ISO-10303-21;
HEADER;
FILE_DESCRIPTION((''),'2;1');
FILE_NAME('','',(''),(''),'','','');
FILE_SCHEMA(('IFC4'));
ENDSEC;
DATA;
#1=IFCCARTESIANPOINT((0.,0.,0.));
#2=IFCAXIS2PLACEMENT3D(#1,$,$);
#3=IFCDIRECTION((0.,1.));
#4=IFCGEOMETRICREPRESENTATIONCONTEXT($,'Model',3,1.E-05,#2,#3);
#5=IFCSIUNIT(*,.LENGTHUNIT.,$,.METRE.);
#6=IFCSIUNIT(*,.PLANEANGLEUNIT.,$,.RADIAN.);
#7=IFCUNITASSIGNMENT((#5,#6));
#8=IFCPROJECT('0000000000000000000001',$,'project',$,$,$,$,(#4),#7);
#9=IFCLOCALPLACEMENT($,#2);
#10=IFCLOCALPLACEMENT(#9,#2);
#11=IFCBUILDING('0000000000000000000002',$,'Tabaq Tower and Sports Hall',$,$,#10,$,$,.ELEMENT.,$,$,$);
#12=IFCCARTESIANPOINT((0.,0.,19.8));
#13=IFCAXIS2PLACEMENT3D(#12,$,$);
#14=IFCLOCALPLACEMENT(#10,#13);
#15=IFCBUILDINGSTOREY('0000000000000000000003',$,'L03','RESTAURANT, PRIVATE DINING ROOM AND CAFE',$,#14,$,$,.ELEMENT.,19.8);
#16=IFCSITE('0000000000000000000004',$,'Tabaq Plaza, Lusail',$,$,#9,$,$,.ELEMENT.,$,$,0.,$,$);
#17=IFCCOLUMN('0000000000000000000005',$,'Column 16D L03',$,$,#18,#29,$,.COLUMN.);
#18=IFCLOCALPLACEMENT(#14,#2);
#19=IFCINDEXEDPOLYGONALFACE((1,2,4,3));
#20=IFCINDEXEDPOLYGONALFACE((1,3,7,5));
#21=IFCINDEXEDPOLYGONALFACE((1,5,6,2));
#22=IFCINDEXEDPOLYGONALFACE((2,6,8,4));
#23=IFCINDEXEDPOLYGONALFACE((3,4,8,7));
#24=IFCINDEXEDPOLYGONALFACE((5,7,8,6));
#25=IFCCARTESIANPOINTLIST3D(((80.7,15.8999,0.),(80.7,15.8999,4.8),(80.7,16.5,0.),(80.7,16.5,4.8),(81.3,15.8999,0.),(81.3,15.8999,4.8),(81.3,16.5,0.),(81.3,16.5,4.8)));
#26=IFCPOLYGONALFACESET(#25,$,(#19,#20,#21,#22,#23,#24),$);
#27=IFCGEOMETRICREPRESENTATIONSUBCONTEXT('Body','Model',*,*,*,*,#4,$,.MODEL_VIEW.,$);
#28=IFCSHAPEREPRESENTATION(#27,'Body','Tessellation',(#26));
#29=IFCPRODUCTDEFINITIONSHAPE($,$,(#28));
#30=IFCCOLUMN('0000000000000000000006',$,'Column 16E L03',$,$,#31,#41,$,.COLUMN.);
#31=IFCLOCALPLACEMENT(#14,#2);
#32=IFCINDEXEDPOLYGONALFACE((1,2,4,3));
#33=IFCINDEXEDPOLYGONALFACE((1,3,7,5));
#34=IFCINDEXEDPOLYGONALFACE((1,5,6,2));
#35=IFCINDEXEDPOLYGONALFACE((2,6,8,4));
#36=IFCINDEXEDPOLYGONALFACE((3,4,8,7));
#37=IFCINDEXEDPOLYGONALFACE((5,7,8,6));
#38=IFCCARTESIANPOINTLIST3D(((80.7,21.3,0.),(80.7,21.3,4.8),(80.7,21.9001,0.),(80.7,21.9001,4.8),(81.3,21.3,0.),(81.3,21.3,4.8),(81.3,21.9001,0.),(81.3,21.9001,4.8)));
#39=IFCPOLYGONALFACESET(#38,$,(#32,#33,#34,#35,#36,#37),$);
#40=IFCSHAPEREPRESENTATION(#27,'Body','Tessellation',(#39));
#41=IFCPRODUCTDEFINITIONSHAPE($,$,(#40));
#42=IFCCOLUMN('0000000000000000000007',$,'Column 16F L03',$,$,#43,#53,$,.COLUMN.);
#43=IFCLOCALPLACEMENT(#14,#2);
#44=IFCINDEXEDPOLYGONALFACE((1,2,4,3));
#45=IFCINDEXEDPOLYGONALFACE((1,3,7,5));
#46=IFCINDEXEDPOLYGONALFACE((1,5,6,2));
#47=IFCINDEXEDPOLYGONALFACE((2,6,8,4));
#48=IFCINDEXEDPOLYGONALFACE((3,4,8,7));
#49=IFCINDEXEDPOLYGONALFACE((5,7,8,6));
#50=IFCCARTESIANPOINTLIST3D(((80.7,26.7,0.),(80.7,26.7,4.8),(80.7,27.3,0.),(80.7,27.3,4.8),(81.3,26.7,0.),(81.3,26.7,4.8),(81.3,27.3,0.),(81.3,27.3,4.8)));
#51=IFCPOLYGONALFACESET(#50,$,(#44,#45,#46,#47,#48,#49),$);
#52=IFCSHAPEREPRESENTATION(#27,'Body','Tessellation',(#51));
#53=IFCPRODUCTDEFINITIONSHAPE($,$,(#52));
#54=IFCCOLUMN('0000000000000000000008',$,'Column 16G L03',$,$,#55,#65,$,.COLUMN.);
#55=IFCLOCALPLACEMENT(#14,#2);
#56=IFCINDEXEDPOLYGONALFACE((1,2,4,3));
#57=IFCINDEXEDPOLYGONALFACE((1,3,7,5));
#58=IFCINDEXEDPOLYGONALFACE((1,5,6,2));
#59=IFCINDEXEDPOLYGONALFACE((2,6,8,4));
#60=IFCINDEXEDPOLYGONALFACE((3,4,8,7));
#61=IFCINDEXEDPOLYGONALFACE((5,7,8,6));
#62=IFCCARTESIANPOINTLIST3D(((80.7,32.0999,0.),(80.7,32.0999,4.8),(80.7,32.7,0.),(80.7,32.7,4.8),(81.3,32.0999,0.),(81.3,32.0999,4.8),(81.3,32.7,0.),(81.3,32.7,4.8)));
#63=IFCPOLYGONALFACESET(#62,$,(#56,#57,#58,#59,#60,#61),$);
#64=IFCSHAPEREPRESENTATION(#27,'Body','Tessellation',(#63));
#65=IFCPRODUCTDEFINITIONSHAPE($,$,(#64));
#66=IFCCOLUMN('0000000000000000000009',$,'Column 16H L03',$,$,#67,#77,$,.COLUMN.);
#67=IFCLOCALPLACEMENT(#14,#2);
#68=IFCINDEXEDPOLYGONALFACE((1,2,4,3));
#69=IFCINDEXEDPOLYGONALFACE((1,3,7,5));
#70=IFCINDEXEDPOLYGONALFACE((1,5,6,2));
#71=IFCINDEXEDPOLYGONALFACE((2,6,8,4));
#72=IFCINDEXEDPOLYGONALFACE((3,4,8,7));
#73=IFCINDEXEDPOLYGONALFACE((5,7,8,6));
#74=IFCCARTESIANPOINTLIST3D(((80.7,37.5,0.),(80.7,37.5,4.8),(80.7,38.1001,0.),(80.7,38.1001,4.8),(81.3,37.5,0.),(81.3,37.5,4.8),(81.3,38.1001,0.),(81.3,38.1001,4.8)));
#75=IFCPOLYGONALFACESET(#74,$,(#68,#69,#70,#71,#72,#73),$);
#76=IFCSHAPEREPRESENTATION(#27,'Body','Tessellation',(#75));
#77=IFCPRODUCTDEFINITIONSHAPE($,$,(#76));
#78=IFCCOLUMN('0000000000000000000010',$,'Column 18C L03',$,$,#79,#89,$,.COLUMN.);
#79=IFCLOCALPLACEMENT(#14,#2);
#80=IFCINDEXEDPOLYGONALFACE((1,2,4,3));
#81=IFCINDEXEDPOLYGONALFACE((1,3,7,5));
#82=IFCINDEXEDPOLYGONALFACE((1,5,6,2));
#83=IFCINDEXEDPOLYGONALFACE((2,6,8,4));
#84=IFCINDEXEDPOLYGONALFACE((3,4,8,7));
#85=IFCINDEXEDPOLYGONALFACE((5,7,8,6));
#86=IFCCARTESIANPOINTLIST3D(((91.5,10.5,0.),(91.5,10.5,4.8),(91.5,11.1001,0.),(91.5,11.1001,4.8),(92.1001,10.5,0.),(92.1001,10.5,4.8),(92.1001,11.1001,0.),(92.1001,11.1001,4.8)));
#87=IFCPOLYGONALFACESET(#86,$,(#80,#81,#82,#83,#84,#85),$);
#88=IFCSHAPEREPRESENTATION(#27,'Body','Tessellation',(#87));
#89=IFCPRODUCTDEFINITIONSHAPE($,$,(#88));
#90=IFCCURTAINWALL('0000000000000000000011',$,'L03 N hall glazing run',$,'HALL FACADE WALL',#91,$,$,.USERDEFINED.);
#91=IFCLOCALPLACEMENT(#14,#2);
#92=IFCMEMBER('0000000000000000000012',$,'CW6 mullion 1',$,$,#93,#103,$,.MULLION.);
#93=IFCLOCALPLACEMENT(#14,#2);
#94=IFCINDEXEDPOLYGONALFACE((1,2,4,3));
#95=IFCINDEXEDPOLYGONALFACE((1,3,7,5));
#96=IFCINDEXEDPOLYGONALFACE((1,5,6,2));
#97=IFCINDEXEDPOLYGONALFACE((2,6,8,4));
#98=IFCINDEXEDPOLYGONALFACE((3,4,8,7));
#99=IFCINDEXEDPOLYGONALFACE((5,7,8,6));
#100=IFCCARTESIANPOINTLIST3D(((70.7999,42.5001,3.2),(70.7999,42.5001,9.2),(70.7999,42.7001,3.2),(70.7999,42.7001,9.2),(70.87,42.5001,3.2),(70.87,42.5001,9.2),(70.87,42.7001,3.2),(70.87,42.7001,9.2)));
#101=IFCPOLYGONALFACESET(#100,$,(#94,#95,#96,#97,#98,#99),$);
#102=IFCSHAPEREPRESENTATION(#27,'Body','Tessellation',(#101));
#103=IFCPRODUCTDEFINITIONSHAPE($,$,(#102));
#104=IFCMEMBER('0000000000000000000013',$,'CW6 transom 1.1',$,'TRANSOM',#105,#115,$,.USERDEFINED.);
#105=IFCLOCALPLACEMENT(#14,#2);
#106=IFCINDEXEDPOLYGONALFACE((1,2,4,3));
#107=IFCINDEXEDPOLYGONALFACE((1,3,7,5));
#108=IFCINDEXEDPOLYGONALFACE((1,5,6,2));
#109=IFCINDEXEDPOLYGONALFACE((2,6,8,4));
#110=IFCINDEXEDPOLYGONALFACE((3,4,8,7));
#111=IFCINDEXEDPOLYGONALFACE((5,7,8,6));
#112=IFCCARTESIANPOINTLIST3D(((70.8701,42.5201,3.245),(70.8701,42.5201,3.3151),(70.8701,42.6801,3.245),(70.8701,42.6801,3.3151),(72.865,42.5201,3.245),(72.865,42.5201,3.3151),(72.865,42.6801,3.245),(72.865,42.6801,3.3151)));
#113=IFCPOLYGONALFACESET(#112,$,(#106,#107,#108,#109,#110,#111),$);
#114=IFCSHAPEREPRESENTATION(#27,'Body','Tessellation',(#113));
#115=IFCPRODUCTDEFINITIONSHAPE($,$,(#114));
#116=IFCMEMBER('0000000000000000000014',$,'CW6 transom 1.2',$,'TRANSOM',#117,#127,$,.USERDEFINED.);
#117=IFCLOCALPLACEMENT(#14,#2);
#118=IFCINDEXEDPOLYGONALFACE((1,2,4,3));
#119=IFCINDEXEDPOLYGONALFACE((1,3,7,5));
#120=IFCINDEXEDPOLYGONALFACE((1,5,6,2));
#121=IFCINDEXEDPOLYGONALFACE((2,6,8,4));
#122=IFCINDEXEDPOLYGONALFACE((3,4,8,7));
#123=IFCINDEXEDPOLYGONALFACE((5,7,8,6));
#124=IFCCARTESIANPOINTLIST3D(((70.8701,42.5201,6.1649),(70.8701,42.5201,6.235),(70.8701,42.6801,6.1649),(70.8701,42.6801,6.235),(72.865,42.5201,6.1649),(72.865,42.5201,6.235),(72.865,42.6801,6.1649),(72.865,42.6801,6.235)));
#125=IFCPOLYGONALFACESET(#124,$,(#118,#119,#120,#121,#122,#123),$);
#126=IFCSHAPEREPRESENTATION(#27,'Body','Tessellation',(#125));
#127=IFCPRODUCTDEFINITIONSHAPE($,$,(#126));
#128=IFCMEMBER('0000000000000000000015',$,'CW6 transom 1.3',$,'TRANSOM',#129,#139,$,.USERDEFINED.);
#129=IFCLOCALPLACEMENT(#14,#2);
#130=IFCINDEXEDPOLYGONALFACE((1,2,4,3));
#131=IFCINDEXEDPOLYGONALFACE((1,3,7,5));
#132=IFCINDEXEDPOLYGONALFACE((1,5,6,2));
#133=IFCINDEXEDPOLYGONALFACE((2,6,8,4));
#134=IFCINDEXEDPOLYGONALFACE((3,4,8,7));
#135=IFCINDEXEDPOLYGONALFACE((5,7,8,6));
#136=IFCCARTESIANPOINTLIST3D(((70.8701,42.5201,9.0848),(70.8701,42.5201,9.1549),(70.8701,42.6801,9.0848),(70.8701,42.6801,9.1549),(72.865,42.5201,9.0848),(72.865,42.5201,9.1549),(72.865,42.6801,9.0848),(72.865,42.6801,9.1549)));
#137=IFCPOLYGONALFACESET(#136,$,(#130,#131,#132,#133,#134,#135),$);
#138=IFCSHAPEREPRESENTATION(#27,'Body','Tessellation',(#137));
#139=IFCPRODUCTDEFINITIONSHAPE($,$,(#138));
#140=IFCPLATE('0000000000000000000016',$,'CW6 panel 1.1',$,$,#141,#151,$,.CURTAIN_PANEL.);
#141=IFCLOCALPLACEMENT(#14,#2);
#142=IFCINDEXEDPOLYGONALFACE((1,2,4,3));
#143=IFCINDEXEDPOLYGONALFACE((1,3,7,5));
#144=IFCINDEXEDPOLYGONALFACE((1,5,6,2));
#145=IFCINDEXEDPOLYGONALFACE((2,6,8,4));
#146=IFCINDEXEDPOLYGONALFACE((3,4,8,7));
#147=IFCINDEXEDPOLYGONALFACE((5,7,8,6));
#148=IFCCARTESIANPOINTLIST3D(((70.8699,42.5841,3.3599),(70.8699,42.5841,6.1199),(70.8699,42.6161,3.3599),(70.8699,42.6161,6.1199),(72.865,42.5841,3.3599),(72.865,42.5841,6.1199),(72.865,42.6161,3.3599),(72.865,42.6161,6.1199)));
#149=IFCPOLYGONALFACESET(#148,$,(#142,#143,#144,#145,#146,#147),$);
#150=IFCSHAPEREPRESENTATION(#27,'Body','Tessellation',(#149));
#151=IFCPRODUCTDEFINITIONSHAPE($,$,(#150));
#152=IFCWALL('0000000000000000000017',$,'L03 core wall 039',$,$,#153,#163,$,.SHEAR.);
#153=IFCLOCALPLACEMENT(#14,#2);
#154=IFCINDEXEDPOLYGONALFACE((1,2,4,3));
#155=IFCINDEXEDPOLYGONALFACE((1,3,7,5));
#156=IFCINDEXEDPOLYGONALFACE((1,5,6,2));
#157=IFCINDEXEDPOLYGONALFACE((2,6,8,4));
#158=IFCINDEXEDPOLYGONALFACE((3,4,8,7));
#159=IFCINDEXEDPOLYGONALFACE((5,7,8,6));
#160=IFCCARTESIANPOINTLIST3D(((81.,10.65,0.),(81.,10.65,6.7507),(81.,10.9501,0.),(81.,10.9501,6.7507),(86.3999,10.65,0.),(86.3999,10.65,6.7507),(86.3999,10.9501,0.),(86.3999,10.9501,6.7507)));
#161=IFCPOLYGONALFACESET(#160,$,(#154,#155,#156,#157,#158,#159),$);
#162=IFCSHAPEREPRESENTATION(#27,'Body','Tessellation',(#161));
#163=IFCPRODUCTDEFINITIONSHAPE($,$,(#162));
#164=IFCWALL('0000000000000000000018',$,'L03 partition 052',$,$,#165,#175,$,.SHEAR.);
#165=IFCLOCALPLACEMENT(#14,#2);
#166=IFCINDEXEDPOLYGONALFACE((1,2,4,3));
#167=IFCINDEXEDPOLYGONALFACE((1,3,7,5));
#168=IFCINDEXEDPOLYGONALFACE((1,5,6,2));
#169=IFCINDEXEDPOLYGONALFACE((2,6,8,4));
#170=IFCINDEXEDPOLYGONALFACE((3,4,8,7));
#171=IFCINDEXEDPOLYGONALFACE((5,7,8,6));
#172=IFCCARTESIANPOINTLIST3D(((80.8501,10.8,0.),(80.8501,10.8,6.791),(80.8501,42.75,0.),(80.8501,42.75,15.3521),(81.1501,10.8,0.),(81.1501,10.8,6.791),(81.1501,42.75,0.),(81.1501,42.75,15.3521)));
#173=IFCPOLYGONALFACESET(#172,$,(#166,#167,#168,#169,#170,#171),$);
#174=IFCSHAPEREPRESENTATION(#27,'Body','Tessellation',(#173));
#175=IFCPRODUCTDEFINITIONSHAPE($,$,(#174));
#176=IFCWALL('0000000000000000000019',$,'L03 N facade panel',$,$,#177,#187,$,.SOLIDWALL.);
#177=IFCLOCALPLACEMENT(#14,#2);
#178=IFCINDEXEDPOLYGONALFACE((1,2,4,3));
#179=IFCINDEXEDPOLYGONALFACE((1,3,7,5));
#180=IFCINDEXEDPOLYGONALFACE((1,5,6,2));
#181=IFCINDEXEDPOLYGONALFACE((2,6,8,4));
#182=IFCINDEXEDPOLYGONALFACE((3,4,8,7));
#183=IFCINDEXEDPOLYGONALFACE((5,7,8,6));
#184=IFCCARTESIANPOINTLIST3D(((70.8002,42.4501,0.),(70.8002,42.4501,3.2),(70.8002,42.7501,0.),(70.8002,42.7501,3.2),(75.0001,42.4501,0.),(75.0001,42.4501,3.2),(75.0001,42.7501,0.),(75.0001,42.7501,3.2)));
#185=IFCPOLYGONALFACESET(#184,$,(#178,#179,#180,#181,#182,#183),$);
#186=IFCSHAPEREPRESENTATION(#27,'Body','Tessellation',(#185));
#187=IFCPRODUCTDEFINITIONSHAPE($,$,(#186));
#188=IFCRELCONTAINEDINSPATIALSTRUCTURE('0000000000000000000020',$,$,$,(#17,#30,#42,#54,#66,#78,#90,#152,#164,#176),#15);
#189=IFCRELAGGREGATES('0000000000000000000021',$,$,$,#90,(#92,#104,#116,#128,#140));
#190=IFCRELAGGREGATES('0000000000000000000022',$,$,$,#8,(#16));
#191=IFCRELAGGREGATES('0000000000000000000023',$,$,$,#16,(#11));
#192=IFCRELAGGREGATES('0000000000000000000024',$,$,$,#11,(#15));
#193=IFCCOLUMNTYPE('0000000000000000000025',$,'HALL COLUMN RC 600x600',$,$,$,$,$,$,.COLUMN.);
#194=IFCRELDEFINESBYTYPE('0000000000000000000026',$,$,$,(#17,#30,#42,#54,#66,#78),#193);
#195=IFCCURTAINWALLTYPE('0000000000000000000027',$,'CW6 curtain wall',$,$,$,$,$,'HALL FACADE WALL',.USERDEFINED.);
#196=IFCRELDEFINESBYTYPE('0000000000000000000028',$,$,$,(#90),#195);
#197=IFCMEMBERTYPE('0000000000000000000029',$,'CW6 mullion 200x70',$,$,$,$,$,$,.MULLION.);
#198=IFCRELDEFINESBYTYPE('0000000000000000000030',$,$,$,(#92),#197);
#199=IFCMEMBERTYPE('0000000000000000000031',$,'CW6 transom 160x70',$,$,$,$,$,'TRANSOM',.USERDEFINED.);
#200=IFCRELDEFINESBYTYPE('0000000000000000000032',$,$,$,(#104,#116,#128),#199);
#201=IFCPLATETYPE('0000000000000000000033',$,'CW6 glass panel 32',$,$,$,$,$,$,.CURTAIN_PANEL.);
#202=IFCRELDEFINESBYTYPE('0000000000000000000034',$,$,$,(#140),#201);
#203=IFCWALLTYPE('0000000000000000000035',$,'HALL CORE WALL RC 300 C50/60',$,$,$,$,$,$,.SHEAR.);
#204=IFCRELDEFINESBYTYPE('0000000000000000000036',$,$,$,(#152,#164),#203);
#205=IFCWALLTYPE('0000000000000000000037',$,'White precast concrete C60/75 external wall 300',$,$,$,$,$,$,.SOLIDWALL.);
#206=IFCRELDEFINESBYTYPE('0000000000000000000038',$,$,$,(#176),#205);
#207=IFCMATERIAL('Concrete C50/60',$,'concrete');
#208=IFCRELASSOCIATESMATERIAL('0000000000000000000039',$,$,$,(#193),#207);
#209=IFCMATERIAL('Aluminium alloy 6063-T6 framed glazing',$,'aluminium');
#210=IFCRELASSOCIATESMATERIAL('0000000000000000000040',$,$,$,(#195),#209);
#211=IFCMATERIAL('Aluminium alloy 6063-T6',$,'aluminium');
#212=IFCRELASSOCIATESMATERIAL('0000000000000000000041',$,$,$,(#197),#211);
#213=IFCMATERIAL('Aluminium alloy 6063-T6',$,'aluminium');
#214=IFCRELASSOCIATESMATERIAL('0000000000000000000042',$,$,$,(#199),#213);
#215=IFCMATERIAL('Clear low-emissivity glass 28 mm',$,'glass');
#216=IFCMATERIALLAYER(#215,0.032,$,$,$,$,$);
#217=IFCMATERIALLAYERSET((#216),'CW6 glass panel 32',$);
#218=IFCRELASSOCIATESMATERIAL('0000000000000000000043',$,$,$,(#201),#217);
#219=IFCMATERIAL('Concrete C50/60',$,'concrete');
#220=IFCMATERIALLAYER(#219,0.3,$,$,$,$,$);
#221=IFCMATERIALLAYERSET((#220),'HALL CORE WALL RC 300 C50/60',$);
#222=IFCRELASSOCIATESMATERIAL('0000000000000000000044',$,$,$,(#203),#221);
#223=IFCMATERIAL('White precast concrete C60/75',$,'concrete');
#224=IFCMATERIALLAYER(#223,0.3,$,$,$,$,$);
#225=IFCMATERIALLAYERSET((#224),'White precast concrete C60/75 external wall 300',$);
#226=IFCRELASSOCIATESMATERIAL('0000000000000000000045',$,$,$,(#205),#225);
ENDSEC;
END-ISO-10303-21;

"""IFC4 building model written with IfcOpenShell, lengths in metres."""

from ifc_helpers import new_model, si_unit, direction, frame, frame_2d, origin, origin_2d, place, context, subcontext, project, spatial, polyline, rectangle, outline, extrude, material, layer, layer_set, material_profile, profile_set, type_object, element, aggregate, save


model = new_model("IFC4")

# Units and contexts
model_context = context("Model", 3, precision=1e-05, world=origin(), true_north=direction((0.0, 1.0)))
body_context = subcontext(model_context, "Body", "Model", "MODEL_VIEW")
ifc_project = project(units=[si_unit("LENGTHUNIT", "METRE"), si_unit("PLANEANGLEUNIT", "RADIAN")], contexts=[model_context])

# Site, building, storey
site_placement = place(None, origin())
site = spatial("IfcSite", under=ifc_project, at=site_placement, Name="Tabaq Plaza, Lusail", CompositionType="ELEMENT", RefElevation=0.0)
building_placement = place(site_placement, origin())
building = spatial("IfcBuilding", under=site, at=building_placement, Name="Tabaq Tower and Sports Hall", CompositionType="ELEMENT")
storey_placement = place(building_placement, frame((0.0, 0.0, 19.8)))
storey = spatial("IfcBuildingStorey", under=building, at=storey_placement, Name="L03", Description="RESTAURANT, PRIVATE DINING ROOM AND CAFE", CompositionType="ELEMENT", Elevation=19.8)

# Columns
ifc_material_1 = material(Name="Concrete C50/60", Category="concrete")
ifc_material_profile_1 = material_profile(ifc_material_1, rectangle(XDim=0.6001, YDim=0.6001, at=origin_2d()), Name="RC 600x600")
ifc_profile_set_1 = profile_set([ifc_material_profile_1], Name="Concrete C50/60")
column_type = type_object("IfcColumnType", Name="HALL COLUMN RC 600x600", PredefinedType="COLUMN", material=ifc_profile_set_1)
for number, where, z_axis, x_axis, name in (
    (1, (81.0, 16.2, 0.0), (0.0, 0.0, 1.0), (1.0, 0.0, 0.0), "Column 16D L03"),
    (2, (81.0, 21.6001, 0.0), (0.0, 0.0, 1.0), (1.0, 0.0, 0.0), "Column 16E L03"),
    (3, (81.0, 27.0, 0.0), (0.0, 0.0, 1.0), (1.0, 0.0, 0.0), "Column 16F L03"),
    (4, (81.0, 32.3999, 0.0), (0.0, 0.0, 1.0), (1.0, 0.0, 0.0), "Column 16G L03"),
    (5, (81.0, 37.8, 0.0), (0.0, 0.0, 1.0), (1.0, 0.0, 0.0), "Column 16H L03"),
    (6, (91.8, 10.8, 0.0), (0.0, 0.0, 1.0), (1.0, 0.0, 0.0), "Column 18C L03"),
):
    element("IfcColumn", number, at=place(storey_placement, frame(where, z_axis=z_axis, x_axis=x_axis)), inside=storey, type_object=column_type, Name=name, PredefinedType="COLUMN", context=body_context, shape_type="SweptSolid", body=[
        extrude(rectangle(XDim=0.6001, YDim=0.6001, at=origin_2d()), origin(), (0.0, 0.0, 1.0), 4.8),
    ])

# Curtain wall, members, plate
ifc_material_2 = material(Name="Aluminium alloy 6063-T6 framed glazing", Category="aluminium")
curtain_wall_type = type_object("IfcCurtainWallType", Name="CW6 curtain wall", ElementType="HALL FACADE WALL", PredefinedType="USERDEFINED", material=ifc_material_2)
curtain_wall_placement = place(storey_placement, origin())
curtain_wall = element("IfcCurtainWall", 7, at=curtain_wall_placement, inside=storey, type_object=curtain_wall_type, Name="L03 N hall glazing run", ObjectType="HALL FACADE WALL", PredefinedType="USERDEFINED")
ifc_material_3 = material(Name="Aluminium alloy 6063-T6", Category="aluminium")
ifc_material_profile_2 = material_profile(ifc_material_3, rectangle(XDim=0.2, YDim=0.0701, at=origin_2d()), Name="MULLION 200x70")
ifc_profile_set_2 = profile_set([ifc_material_profile_2], Name="Aluminium alloy 6063-T6")
member_type_1 = type_object("IfcMemberType", Name="CW6 mullion 200x70", PredefinedType="MULLION", material=ifc_profile_set_2)
member_1_placement = place(storey_placement, frame((70.835, 42.6001, 3.2), z_axis=(0.0, 0.0, 1.0), x_axis=(0.0, 1.0, 0.0)))
member_1 = element("IfcMember", 8, at=member_1_placement, type_object=member_type_1, Name="CW6 mullion 1", PredefinedType="MULLION", context=body_context, shape_type="SweptSolid", body=[
    extrude(rectangle(XDim=0.2, YDim=0.0701, at=origin_2d()), origin(), (0.0, 0.0, 1.0), 6.0),
])
ifc_material_4 = material(Name="Aluminium alloy 6063-T6", Category="aluminium")
ifc_material_profile_3 = material_profile(ifc_material_4, rectangle(XDim=0.1599, YDim=0.0701, at=origin_2d()), Name="TRANSOM 160x70")
ifc_profile_set_3 = profile_set([ifc_material_profile_3], Name="Aluminium alloy 6063-T6")
member_type_2 = type_object("IfcMemberType", Name="CW6 transom 160x70", ElementType="TRANSOM", PredefinedType="USERDEFINED", material=ifc_profile_set_3)
member_2_placement = place(storey_placement, frame((70.8701, 42.6001, 3.28), z_axis=(1.0, 0.0, 0.0), x_axis=(0.0, 1.0, 0.0)))
member_2 = element("IfcMember", 9, at=member_2_placement, type_object=member_type_2, Name="CW6 transom 1.1", ObjectType="TRANSOM", PredefinedType="USERDEFINED", context=body_context, shape_type="SweptSolid", body=[
    extrude(rectangle(XDim=0.1599, YDim=0.0701, at=origin_2d()), origin(), (0.0, 0.0, 1.0), 1.9949),
])
member_3_placement = place(storey_placement, frame((70.8701, 42.6001, 6.2), z_axis=(1.0, 0.0, 0.0), x_axis=(0.0, 1.0, 0.0)))
member_3 = element("IfcMember", 10, at=member_3_placement, type_object=member_type_2, Name="CW6 transom 1.2", ObjectType="TRANSOM", PredefinedType="USERDEFINED", context=body_context, shape_type="SweptSolid", body=[
    extrude(rectangle(XDim=0.1599, YDim=0.0701, at=origin_2d()), origin(), (0.0, 0.0, 1.0), 1.9949),
])
member_4_placement = place(storey_placement, frame((70.8701, 42.6001, 9.1199), z_axis=(1.0, 0.0, 0.0), x_axis=(0.0, 1.0, 0.0)))
member_4 = element("IfcMember", 11, at=member_4_placement, type_object=member_type_2, Name="CW6 transom 1.3", ObjectType="TRANSOM", PredefinedType="USERDEFINED", context=body_context, shape_type="SweptSolid", body=[
    extrude(rectangle(XDim=0.1599, YDim=0.0701, at=origin_2d()), origin(), (0.0, 0.0, 1.0), 1.9949),
])
ifc_material_5 = material(Name="Clear low-emissivity glass 28 mm", Category="glass")
ifc_layer_1 = layer(ifc_material_5, 0.032)
ifc_layer_set_1 = layer_set([ifc_layer_1], Name="CW6 glass panel 32")
plate_type = type_object("IfcPlateType", Name="CW6 glass panel 32", PredefinedType="CURTAIN_PANEL", material=ifc_layer_set_1)
plate_placement = place(storey_placement, frame((71.8674, 42.6001, 3.3599), z_axis=(0.0, 0.0, 1.0), x_axis=(1.0, 0.0, 0.0)))
plate = element("IfcPlate", 12, at=plate_placement, type_object=plate_type, Name="CW6 panel 1.1", PredefinedType="CURTAIN_PANEL", context=body_context, shape_type="SweptSolid", body=[
    extrude(rectangle(XDim=1.9951, YDim=0.032, at=origin_2d()), origin(), (0.0, 0.0, 1.0), 2.76),
])
aggregate(curtain_wall, [member_1, member_2, member_3, member_4, plate])

# Walls
ifc_material_6 = material(Name="Concrete C50/60", Category="concrete")
ifc_layer_2 = layer(ifc_material_6, 0.3)
ifc_layer_set_2 = layer_set([ifc_layer_2], Name="HALL CORE WALL RC 300 C50/60")
wall_type_1 = type_object("IfcWallType", Name="HALL CORE WALL RC 300 C50/60", PredefinedType="SHEAR", material=ifc_layer_set_2)
wall_1_placement = place(storey_placement, frame((81.0, 10.8, 0.0), z_axis=(0.0, 0.0, 1.0), x_axis=(1.0, 0.0, 0.0)))
element("IfcWall", 13, at=wall_1_placement, inside=storey, type_object=wall_type_1, Name="L03 core wall 039", PredefinedType="SHEAR", context=body_context, shape_type="SweptSolid", body=[
    extrude(rectangle(XDim=5.3999, YDim=0.3, at=frame_2d((2.7, 0.0))), origin(), (0.0, 0.0, 1.0), 6.7507),
])
wall_2_placement = place(storey_placement, frame((81.0, 10.8, 0.0), z_axis=(0.0, 0.0, 1.0), x_axis=(0.0, 1.0, 0.0)))
element("IfcWall", 14, at=wall_2_placement, inside=storey, type_object=wall_type_1, Name="L03 partition 052", PredefinedType="SHEAR", context=body_context, shape_type="SweptSolid", body=[
    extrude(outline(polyline([(0.0, 0.0), (31.95, 0.0), (31.95, 15.3521), (0.0, 6.791), (0.0, 0.0)])), frame((0.0, 0.1499, 0.0), z_axis=(0.0, -1.0, 0.0), x_axis=(1.0, 0.0, 0.0)), (0.0, 0.0, 1.0), 0.3),
])
ifc_material_7 = material(Name="White precast concrete C60/75", Category="concrete")
ifc_layer_3 = layer(ifc_material_7, 0.3)
ifc_layer_set_3 = layer_set([ifc_layer_3], Name="White precast concrete C60/75 external wall 300")
wall_type_2 = type_object("IfcWallType", Name="White precast concrete C60/75 external wall 300", PredefinedType="SOLIDWALL", material=ifc_layer_set_3)
wall_3_placement = place(storey_placement, frame((70.8, 42.6001, 0.0), z_axis=(0.0, 0.0, 1.0), x_axis=(1.0, 0.0, 0.0)))
element("IfcWall", 15, at=wall_3_placement, inside=storey, type_object=wall_type_2, Name="L03 N facade panel", PredefinedType="SOLIDWALL", context=body_context, shape_type="SweptSolid", body=[
    extrude(rectangle(XDim=4.2, YDim=0.3, at=frame_2d((2.1001, 0.0))), origin(), (0.0, 0.0, 1.0), 3.2),
])

save(model, "model.ifc")
